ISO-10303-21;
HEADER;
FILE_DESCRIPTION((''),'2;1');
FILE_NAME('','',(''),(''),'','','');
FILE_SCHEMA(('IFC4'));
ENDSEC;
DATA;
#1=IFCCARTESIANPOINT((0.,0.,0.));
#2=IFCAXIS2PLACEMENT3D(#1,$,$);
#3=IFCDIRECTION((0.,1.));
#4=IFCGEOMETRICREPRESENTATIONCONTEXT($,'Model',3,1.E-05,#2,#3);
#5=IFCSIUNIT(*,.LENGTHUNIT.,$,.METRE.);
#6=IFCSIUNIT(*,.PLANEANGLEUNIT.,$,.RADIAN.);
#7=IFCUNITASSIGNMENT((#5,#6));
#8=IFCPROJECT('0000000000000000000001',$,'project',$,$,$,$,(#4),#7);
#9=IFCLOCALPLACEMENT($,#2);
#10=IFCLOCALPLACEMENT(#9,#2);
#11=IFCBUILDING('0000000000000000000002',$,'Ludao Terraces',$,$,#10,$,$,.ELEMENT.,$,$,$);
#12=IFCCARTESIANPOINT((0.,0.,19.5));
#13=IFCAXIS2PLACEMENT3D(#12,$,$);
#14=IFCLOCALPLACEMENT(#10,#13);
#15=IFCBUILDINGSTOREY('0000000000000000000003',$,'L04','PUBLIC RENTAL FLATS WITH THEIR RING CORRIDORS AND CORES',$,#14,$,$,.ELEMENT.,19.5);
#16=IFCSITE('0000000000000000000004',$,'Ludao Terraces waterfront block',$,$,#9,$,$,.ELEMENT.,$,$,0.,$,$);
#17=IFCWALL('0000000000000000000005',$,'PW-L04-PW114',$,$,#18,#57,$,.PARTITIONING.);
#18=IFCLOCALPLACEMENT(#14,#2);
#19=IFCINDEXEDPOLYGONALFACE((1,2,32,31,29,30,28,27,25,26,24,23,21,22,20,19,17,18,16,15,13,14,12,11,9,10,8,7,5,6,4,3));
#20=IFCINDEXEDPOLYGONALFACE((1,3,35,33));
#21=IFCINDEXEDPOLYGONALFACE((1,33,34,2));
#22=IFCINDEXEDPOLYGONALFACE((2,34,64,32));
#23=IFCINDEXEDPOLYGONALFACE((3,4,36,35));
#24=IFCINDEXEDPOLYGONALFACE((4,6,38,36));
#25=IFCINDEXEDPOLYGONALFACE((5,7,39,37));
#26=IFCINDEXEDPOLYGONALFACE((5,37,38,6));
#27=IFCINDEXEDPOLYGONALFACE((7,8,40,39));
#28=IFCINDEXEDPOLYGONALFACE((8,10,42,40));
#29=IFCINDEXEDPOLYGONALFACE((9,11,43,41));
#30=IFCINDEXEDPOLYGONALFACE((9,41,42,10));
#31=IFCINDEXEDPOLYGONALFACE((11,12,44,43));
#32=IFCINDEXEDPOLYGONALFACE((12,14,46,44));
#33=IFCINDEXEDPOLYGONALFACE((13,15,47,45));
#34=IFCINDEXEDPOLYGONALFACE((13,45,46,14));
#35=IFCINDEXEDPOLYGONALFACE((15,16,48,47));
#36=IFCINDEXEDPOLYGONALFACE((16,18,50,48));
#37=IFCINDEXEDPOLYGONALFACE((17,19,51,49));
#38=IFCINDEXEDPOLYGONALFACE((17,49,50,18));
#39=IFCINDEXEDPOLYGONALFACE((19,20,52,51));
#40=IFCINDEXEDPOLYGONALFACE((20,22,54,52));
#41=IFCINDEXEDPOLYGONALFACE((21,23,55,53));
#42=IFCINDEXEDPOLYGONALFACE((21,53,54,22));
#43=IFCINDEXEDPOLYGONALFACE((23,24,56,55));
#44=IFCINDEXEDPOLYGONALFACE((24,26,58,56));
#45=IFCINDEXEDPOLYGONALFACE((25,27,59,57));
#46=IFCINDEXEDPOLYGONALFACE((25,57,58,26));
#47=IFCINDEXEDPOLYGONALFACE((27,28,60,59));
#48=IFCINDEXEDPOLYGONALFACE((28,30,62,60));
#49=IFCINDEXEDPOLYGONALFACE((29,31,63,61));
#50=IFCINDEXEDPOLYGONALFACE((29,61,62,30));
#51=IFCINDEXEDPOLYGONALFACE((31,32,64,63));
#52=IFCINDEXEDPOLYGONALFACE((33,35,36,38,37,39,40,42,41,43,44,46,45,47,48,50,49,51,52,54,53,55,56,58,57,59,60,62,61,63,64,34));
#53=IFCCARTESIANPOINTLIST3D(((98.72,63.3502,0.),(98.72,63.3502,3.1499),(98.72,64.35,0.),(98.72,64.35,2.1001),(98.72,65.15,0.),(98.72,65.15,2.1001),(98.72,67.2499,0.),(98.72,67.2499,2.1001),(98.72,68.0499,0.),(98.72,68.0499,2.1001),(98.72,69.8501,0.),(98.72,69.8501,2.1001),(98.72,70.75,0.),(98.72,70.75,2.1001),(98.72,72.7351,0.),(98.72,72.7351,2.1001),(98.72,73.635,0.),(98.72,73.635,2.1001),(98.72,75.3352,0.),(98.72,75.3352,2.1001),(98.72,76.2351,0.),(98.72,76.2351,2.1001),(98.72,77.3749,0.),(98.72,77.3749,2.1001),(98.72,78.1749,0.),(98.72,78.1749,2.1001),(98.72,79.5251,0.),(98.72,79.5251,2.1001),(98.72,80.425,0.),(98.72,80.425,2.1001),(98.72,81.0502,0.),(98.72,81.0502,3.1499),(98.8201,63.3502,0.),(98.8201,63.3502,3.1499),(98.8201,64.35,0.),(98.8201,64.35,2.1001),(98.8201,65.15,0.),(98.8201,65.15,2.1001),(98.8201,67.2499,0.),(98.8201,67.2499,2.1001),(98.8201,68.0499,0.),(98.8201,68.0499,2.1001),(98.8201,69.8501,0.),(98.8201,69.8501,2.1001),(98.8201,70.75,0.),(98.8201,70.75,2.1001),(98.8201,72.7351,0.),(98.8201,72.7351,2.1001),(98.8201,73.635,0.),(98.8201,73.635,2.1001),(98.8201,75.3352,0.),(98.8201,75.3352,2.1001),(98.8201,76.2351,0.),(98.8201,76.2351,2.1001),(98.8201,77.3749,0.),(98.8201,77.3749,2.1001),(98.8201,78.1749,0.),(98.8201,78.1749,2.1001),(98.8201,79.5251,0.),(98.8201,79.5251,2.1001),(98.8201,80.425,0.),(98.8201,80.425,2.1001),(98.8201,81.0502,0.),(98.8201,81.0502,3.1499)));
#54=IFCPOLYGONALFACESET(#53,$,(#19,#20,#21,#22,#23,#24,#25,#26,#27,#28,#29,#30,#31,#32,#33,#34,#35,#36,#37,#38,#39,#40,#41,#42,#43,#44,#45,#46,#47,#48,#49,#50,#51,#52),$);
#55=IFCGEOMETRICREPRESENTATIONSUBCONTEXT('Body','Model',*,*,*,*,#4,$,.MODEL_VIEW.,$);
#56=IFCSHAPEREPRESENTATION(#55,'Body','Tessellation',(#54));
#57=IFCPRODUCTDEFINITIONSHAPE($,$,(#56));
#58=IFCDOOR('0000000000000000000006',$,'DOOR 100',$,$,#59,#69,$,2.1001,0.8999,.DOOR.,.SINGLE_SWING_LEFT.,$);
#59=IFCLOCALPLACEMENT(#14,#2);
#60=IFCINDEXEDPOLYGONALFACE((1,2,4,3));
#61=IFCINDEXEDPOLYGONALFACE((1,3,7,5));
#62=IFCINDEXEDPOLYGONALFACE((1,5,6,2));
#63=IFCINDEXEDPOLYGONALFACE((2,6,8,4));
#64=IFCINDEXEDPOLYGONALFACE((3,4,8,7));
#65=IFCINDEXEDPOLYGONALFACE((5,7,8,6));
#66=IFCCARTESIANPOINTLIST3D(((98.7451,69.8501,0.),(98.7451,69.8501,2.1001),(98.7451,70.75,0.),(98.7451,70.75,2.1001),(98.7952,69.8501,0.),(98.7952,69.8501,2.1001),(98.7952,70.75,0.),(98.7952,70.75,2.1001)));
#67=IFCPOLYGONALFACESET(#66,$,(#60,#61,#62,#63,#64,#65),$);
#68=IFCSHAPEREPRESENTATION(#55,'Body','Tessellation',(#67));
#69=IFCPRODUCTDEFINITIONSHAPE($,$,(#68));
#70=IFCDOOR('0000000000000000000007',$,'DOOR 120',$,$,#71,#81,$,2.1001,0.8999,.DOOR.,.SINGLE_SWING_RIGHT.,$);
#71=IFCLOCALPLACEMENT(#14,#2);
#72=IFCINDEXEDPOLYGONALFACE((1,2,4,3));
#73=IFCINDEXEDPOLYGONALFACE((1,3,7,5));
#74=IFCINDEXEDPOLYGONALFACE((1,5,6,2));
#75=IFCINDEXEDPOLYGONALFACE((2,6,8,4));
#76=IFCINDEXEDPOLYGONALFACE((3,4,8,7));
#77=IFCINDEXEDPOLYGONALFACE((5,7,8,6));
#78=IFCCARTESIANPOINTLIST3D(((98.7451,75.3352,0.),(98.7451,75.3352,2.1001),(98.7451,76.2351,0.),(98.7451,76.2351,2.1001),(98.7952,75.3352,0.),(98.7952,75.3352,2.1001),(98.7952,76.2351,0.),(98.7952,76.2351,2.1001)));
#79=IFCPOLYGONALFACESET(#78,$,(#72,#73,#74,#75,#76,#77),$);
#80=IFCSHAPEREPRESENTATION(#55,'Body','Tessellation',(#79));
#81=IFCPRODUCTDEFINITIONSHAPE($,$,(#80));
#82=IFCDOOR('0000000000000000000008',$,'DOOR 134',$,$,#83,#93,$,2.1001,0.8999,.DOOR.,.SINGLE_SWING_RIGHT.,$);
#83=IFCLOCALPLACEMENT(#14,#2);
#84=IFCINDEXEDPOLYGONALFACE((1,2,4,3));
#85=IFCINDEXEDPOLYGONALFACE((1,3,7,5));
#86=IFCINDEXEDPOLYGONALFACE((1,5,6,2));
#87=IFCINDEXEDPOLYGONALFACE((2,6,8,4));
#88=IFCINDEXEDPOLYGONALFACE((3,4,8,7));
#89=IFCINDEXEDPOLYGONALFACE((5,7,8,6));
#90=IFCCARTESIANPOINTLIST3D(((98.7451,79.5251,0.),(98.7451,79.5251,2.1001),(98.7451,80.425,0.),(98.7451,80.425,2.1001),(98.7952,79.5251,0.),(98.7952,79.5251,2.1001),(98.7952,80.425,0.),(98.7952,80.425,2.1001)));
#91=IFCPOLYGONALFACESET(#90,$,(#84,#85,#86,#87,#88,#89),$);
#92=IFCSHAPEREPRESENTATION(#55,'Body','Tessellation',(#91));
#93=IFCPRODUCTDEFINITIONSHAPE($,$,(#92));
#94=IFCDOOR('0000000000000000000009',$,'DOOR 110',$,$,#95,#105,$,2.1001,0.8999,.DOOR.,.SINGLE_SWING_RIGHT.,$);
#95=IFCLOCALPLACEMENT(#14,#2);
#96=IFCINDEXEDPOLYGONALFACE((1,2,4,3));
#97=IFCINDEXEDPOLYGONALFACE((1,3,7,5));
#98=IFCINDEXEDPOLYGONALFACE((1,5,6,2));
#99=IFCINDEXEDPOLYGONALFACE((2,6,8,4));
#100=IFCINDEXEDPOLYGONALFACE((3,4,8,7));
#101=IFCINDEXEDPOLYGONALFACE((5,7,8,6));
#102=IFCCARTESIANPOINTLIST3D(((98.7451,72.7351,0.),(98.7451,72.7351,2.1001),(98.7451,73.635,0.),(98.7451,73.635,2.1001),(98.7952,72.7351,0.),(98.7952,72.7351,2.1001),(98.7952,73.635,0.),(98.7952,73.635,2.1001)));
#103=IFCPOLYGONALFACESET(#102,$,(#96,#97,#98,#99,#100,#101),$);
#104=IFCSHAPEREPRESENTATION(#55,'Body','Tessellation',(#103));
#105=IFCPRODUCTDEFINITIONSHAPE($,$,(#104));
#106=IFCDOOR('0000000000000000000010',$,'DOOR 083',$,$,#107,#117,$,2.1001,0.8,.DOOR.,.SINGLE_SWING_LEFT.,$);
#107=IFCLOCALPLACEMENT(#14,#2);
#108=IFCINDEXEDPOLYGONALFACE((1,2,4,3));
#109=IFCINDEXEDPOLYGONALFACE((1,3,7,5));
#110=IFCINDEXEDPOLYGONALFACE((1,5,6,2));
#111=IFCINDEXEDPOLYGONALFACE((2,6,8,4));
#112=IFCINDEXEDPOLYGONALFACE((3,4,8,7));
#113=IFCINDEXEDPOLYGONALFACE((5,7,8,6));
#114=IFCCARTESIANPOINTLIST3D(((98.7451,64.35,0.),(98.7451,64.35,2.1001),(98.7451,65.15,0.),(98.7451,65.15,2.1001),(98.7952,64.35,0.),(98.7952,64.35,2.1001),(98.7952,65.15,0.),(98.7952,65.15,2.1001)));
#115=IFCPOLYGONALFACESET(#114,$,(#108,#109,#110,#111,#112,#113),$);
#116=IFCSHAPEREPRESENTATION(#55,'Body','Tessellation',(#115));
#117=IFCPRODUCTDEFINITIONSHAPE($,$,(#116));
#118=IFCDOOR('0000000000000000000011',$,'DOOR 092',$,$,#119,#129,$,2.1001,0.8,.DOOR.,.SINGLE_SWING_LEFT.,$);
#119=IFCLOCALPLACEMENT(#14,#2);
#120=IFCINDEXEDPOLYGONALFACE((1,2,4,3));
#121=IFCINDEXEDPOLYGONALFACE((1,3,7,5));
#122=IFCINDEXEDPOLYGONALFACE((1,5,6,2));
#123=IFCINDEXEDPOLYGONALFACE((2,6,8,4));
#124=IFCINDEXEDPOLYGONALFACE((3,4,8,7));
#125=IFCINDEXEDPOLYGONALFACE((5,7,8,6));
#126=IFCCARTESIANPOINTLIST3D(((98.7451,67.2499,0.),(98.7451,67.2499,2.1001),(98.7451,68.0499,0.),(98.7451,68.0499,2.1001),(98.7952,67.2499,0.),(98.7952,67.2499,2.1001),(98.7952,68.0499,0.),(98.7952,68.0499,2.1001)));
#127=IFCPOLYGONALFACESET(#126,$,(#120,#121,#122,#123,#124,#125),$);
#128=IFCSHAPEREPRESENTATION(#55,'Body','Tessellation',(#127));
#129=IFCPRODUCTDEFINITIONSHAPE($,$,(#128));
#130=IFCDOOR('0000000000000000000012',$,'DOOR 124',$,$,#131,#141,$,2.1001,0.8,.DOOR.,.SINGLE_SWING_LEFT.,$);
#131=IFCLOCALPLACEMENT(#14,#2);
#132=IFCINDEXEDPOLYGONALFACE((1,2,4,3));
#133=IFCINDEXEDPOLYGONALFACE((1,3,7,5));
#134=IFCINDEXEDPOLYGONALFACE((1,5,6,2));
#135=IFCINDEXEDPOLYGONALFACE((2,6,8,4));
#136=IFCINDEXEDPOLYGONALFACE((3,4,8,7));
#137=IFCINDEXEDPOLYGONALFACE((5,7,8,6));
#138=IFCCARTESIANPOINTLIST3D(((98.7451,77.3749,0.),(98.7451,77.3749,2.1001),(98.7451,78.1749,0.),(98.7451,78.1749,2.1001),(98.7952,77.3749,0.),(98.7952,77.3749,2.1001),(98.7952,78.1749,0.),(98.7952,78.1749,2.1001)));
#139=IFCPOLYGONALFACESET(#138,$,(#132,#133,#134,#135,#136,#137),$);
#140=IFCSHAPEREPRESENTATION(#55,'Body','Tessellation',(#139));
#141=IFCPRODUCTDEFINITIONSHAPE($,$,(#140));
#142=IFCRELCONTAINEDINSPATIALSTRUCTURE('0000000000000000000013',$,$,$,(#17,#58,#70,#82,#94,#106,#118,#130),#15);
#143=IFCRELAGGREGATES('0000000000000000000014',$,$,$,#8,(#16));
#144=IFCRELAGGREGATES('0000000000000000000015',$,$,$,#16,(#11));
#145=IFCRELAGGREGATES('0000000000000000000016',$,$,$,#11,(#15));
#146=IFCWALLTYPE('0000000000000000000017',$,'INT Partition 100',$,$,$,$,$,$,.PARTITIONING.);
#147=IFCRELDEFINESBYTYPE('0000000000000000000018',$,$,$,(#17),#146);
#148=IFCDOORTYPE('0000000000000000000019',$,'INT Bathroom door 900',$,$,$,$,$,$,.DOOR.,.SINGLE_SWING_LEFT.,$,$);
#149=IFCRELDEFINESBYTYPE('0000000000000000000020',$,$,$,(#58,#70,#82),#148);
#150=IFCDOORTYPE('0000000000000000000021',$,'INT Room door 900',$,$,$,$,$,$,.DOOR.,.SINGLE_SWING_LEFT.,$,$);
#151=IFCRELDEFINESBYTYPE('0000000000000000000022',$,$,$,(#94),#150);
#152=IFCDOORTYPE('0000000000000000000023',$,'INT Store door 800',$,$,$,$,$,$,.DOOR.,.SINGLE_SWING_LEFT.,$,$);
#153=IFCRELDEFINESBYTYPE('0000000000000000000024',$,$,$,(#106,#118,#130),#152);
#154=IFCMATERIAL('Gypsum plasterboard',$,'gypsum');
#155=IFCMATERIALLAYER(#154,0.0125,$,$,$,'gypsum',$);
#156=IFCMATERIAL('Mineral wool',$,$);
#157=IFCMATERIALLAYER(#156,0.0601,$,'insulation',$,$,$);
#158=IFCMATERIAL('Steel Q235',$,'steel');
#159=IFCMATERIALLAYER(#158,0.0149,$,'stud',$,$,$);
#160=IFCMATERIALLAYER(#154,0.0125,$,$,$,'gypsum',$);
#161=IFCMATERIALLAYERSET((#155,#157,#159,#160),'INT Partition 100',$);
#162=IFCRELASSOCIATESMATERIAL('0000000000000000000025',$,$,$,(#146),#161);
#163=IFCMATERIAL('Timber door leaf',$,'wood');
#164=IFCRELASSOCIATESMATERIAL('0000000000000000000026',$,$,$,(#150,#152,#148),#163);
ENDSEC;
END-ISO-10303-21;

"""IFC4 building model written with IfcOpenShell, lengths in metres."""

from ifc_helpers import new_model, si_unit, direction, frame, frame_2d, origin, place, context, subcontext, project, spatial, rectangle, extrude, material, layer, layer_set, type_object, element, fill, save


model = new_model("IFC4")

# Units and contexts
model_context = context("Model", 3, precision=1e-05, world=origin(), true_north=direction((0.0, 1.0)))
body_context = subcontext(model_context, "Body", "Model", "MODEL_VIEW")
ifc_project = project(units=[si_unit("LENGTHUNIT", "METRE"), si_unit("PLANEANGLEUNIT", "RADIAN")], contexts=[model_context])

# Site, building, storey
site_placement = place(None, origin())
site = spatial("IfcSite", under=ifc_project, at=site_placement, Name="Ludao Terraces waterfront block", CompositionType="ELEMENT", RefElevation=0.0)
building_placement = place(site_placement, origin())
building = spatial("IfcBuilding", under=site, at=building_placement, Name="Ludao Terraces", CompositionType="ELEMENT")
storey_placement = place(building_placement, frame((0.0, 0.0, 19.5)))
storey = spatial("IfcBuildingStorey", under=building, at=storey_placement, Name="L04", Description="PUBLIC RENTAL FLATS WITH THEIR RING CORRIDORS AND CORES", CompositionType="ELEMENT", Elevation=19.5)

# Shared definitions
ifc_material_1 = material(Name="Gypsum plasterboard", Category="gypsum")
ifc_layer_1 = layer(ifc_material_1, 0.0125, Category="gypsum")
ifc_material_2 = material(Name="Mineral wool")
ifc_layer_2 = layer(ifc_material_2, 0.0601, Name="insulation")
ifc_material_3 = material(Name="Steel Q235", Category="steel")
ifc_layer_3 = layer(ifc_material_3, 0.0149, Name="stud")
ifc_layer_4 = layer(ifc_material_1, 0.0125, Category="gypsum")
ifc_layer_set = layer_set([ifc_layer_1, ifc_layer_2, ifc_layer_3, ifc_layer_4], Name="INT Partition 100")
wall_type = type_object("IfcWallType", Name="INT Partition 100", PredefinedType="PARTITIONING", material=ifc_layer_set)

# Wall, openings, doors
ifc_material_4 = material(Name="Timber door leaf", Category="wood")
door_type_1 = type_object("IfcDoorType", Name="INT Room door 900", OperationType="SINGLE_SWING_LEFT", PredefinedType="DOOR", material=ifc_material_4)
door_type_2 = type_object("IfcDoorType", Name="INT Store door 800", OperationType="SINGLE_SWING_LEFT", PredefinedType="DOOR", material=ifc_material_4)
wall_1_placement = place(storey_placement, frame((98.77, 63.3501, 0.0), z_axis=(0.0, 0.0, 1.0), x_axis=(0.0, 1.0, 0.0)))
wall_1 = element("IfcWall", 1, at=wall_1_placement, inside=storey, type_object=wall_type, Name="PW-L04-PW114", PredefinedType="PARTITIONING", context=body_context, shape_type="SweptSolid", body=[
    extrude(rectangle(XDim=17.7, YDim=0.1001, at=frame_2d((8.8501, 0.0))), origin(), (0.0, 0.0, 1.0), 3.1499),
])
opening_1_placement = place(wall_1_placement, frame((1.0, 0.0, 0.0)))
opening_1 = element("IfcOpeningElement", 2, at=opening_1_placement, cuts=wall_1, PredefinedType="OPENING", context=body_context, shape_type="SweptSolid", body=[
    extrude(rectangle(XDim=0.8, YDim=2.1001, at=frame_2d((0.3999, 1.05))), frame((0.0, 0.0601, 0.0), z_axis=(0.0, -1.0, 0.0), x_axis=(1.0, 0.0, 0.0)), (0.0, 0.0, 1.0), 0.1201),
])
opening_2_placement = place(wall_1_placement, frame((3.8999, 0.0, 0.0)))
opening_2 = element("IfcOpeningElement", 3, at=opening_2_placement, cuts=wall_1, PredefinedType="OPENING", context=body_context, shape_type="SweptSolid", body=[
    extrude(rectangle(XDim=0.8, YDim=2.1001, at=frame_2d((0.3999, 1.05))), frame((0.0, 0.0601, 0.0), z_axis=(0.0, -1.0, 0.0), x_axis=(1.0, 0.0, 0.0)), (0.0, 0.0, 1.0), 0.1201),
])
opening_3_placement = place(wall_1_placement, frame((6.5, 0.0, 0.0)))
opening_3 = element("IfcOpeningElement", 4, at=opening_3_placement, cuts=wall_1, PredefinedType="OPENING", context=body_context, shape_type="SweptSolid", body=[
    extrude(rectangle(XDim=0.8999, YDim=2.1001, at=frame_2d((0.45, 1.05))), frame((0.0, 0.0601, 0.0), z_axis=(0.0, -1.0, 0.0), x_axis=(1.0, 0.0, 0.0)), (0.0, 0.0, 1.0), 0.1201),
])
opening_4_placement = place(wall_1_placement, frame((9.385, 0.0, 0.0)))
opening_4 = element("IfcOpeningElement", 5, at=opening_4_placement, cuts=wall_1, PredefinedType="OPENING", context=body_context, shape_type="SweptSolid", body=[
    extrude(rectangle(XDim=0.8999, YDim=2.1001, at=frame_2d((0.45, 1.05))), frame((0.0, 0.0601, 0.0), z_axis=(0.0, -1.0, 0.0), x_axis=(1.0, 0.0, 0.0)), (0.0, 0.0, 1.0), 0.1201),
])
opening_5_placement = place(wall_1_placement, frame((11.9851, 0.0, 0.0)))
opening_5 = element("IfcOpeningElement", 6, at=opening_5_placement, cuts=wall_1, PredefinedType="OPENING", context=body_context, shape_type="SweptSolid", body=[
    extrude(rectangle(XDim=0.8999, YDim=2.1001, at=frame_2d((0.45, 1.05))), frame((0.0, 0.0601, 0.0), z_axis=(0.0, -1.0, 0.0), x_axis=(1.0, 0.0, 0.0)), (0.0, 0.0, 1.0), 0.1201),
])
opening_6_placement = place(wall_1_placement, frame((14.0249, 0.0, 0.0)))
opening_6 = element("IfcOpeningElement", 7, at=opening_6_placement, cuts=wall_1, PredefinedType="OPENING", context=body_context, shape_type="SweptSolid", body=[
    extrude(rectangle(XDim=0.8, YDim=2.1001, at=frame_2d((0.3999, 1.05))), frame((0.0, 0.0601, 0.0), z_axis=(0.0, -1.0, 0.0), x_axis=(1.0, 0.0, 0.0)), (0.0, 0.0, 1.0), 0.1201),
])
opening_7_placement = place(wall_1_placement, frame((16.175, 0.0, 0.0)))
opening_7 = element("IfcOpeningElement", 8, at=opening_7_placement, cuts=wall_1, PredefinedType="OPENING", context=body_context, shape_type="SweptSolid", body=[
    extrude(rectangle(XDim=0.8999, YDim=2.1001, at=frame_2d((0.45, 1.05))), frame((0.0, 0.0601, 0.0), z_axis=(0.0, -1.0, 0.0), x_axis=(1.0, 0.0, 0.0)), (0.0, 0.0, 1.0), 0.1201),
])
door_type_3 = type_object("IfcDoorType", Name="INT Bathroom door 900", OperationType="SINGLE_SWING_LEFT", PredefinedType="DOOR", material=ifc_material_4)
door_1_placement = place(opening_3_placement, origin())
door_1 = element("IfcDoor", 9, at=door_1_placement, inside=storey, type_object=door_type_3, Name="DOOR 100", OperationType="SINGLE_SWING_LEFT", OverallHeight=2.1001, OverallWidth=0.8999, PredefinedType="DOOR", context=body_context, shape_type="SweptSolid", body=[
    extrude(rectangle(XDim=0.8999, YDim=2.1001, at=frame_2d((0.45, 1.05))), frame((0.0, 0.0249, 0.0), z_axis=(0.0, -1.0, 0.0), x_axis=(1.0, 0.0, 0.0)), (0.0, 0.0, 1.0), 0.05),
])
fill(opening_3, door_1)
door_2_placement = place(opening_5_placement, origin())
door_2 = element("IfcDoor", 10, at=door_2_placement, inside=storey, type_object=door_type_3, Name="DOOR 120", OperationType="SINGLE_SWING_RIGHT", OverallHeight=2.1001, OverallWidth=0.8999, PredefinedType="DOOR", context=body_context, shape_type="SweptSolid", body=[
    extrude(rectangle(XDim=0.8999, YDim=2.1001, at=frame_2d((0.45, 1.05))), frame((0.0, 0.0249, 0.0), z_axis=(0.0, -1.0, 0.0), x_axis=(1.0, 0.0, 0.0)), (0.0, 0.0, 1.0), 0.05),
])
fill(opening_5, door_2)
door_3_placement = place(opening_7_placement, origin())
door_3 = element("IfcDoor", 11, at=door_3_placement, inside=storey, type_object=door_type_3, Name="DOOR 134", OperationType="SINGLE_SWING_RIGHT", OverallHeight=2.1001, OverallWidth=0.8999, PredefinedType="DOOR", context=body_context, shape_type="SweptSolid", body=[
    extrude(rectangle(XDim=0.8999, YDim=2.1001, at=frame_2d((0.45, 1.05))), frame((0.0, 0.0249, 0.0), z_axis=(0.0, -1.0, 0.0), x_axis=(1.0, 0.0, 0.0)), (0.0, 0.0, 1.0), 0.05),
])
fill(opening_7, door_3)
door_4_placement = place(opening_4_placement, origin())
door_4 = element("IfcDoor", 12, at=door_4_placement, inside=storey, type_object=door_type_1, Name="DOOR 110", OperationType="SINGLE_SWING_RIGHT", OverallHeight=2.1001, OverallWidth=0.8999, PredefinedType="DOOR", context=body_context, shape_type="SweptSolid", body=[
    extrude(rectangle(XDim=0.8999, YDim=2.1001, at=frame_2d((0.45, 1.05))), frame((0.0, 0.0249, 0.0), z_axis=(0.0, -1.0, 0.0), x_axis=(1.0, 0.0, 0.0)), (0.0, 0.0, 1.0), 0.05),
])
fill(opening_4, door_4)
door_5_placement = place(opening_1_placement, origin())
door_5 = element("IfcDoor", 13, at=door_5_placement, inside=storey, type_object=door_type_2, Name="DOOR 083", OperationType="SINGLE_SWING_LEFT", OverallHeight=2.1001, OverallWidth=0.8, PredefinedType="DOOR", context=body_context, shape_type="SweptSolid", body=[
    extrude(rectangle(XDim=0.8, YDim=2.1001, at=frame_2d((0.3999, 1.05))), frame((0.0, 0.0249, 0.0), z_axis=(0.0, -1.0, 0.0), x_axis=(1.0, 0.0, 0.0)), (0.0, 0.0, 1.0), 0.05),
])
fill(opening_1, door_5)
door_6_placement = place(opening_2_placement, origin())
door_6 = element("IfcDoor", 14, at=door_6_placement, inside=storey, type_object=door_type_2, Name="DOOR 092", OperationType="SINGLE_SWING_LEFT", OverallHeight=2.1001, OverallWidth=0.8, PredefinedType="DOOR", context=body_context, shape_type="SweptSolid", body=[
    extrude(rectangle(XDim=0.8, YDim=2.1001, at=frame_2d((0.3999, 1.05))), frame((0.0, 0.0249, 0.0), z_axis=(0.0, -1.0, 0.0), x_axis=(1.0, 0.0, 0.0)), (0.0, 0.0, 1.0), 0.05),
])
fill(opening_2, door_6)
door_7_placement = place(opening_6_placement, origin())
door_7 = element("IfcDoor", 15, at=door_7_placement, inside=storey, type_object=door_type_2, Name="DOOR 124", OperationType="SINGLE_SWING_LEFT", OverallHeight=2.1001, OverallWidth=0.8, PredefinedType="DOOR", context=body_context, shape_type="SweptSolid", body=[
    extrude(rectangle(XDim=0.8, YDim=2.1001, at=frame_2d((0.3999, 1.05))), frame((0.0, 0.0249, 0.0), z_axis=(0.0, -1.0, 0.0), x_axis=(1.0, 0.0, 0.0)), (0.0, 0.0, 1.0), 0.05),
])
fill(opening_6, door_7)

save(model, "model.ifc")
